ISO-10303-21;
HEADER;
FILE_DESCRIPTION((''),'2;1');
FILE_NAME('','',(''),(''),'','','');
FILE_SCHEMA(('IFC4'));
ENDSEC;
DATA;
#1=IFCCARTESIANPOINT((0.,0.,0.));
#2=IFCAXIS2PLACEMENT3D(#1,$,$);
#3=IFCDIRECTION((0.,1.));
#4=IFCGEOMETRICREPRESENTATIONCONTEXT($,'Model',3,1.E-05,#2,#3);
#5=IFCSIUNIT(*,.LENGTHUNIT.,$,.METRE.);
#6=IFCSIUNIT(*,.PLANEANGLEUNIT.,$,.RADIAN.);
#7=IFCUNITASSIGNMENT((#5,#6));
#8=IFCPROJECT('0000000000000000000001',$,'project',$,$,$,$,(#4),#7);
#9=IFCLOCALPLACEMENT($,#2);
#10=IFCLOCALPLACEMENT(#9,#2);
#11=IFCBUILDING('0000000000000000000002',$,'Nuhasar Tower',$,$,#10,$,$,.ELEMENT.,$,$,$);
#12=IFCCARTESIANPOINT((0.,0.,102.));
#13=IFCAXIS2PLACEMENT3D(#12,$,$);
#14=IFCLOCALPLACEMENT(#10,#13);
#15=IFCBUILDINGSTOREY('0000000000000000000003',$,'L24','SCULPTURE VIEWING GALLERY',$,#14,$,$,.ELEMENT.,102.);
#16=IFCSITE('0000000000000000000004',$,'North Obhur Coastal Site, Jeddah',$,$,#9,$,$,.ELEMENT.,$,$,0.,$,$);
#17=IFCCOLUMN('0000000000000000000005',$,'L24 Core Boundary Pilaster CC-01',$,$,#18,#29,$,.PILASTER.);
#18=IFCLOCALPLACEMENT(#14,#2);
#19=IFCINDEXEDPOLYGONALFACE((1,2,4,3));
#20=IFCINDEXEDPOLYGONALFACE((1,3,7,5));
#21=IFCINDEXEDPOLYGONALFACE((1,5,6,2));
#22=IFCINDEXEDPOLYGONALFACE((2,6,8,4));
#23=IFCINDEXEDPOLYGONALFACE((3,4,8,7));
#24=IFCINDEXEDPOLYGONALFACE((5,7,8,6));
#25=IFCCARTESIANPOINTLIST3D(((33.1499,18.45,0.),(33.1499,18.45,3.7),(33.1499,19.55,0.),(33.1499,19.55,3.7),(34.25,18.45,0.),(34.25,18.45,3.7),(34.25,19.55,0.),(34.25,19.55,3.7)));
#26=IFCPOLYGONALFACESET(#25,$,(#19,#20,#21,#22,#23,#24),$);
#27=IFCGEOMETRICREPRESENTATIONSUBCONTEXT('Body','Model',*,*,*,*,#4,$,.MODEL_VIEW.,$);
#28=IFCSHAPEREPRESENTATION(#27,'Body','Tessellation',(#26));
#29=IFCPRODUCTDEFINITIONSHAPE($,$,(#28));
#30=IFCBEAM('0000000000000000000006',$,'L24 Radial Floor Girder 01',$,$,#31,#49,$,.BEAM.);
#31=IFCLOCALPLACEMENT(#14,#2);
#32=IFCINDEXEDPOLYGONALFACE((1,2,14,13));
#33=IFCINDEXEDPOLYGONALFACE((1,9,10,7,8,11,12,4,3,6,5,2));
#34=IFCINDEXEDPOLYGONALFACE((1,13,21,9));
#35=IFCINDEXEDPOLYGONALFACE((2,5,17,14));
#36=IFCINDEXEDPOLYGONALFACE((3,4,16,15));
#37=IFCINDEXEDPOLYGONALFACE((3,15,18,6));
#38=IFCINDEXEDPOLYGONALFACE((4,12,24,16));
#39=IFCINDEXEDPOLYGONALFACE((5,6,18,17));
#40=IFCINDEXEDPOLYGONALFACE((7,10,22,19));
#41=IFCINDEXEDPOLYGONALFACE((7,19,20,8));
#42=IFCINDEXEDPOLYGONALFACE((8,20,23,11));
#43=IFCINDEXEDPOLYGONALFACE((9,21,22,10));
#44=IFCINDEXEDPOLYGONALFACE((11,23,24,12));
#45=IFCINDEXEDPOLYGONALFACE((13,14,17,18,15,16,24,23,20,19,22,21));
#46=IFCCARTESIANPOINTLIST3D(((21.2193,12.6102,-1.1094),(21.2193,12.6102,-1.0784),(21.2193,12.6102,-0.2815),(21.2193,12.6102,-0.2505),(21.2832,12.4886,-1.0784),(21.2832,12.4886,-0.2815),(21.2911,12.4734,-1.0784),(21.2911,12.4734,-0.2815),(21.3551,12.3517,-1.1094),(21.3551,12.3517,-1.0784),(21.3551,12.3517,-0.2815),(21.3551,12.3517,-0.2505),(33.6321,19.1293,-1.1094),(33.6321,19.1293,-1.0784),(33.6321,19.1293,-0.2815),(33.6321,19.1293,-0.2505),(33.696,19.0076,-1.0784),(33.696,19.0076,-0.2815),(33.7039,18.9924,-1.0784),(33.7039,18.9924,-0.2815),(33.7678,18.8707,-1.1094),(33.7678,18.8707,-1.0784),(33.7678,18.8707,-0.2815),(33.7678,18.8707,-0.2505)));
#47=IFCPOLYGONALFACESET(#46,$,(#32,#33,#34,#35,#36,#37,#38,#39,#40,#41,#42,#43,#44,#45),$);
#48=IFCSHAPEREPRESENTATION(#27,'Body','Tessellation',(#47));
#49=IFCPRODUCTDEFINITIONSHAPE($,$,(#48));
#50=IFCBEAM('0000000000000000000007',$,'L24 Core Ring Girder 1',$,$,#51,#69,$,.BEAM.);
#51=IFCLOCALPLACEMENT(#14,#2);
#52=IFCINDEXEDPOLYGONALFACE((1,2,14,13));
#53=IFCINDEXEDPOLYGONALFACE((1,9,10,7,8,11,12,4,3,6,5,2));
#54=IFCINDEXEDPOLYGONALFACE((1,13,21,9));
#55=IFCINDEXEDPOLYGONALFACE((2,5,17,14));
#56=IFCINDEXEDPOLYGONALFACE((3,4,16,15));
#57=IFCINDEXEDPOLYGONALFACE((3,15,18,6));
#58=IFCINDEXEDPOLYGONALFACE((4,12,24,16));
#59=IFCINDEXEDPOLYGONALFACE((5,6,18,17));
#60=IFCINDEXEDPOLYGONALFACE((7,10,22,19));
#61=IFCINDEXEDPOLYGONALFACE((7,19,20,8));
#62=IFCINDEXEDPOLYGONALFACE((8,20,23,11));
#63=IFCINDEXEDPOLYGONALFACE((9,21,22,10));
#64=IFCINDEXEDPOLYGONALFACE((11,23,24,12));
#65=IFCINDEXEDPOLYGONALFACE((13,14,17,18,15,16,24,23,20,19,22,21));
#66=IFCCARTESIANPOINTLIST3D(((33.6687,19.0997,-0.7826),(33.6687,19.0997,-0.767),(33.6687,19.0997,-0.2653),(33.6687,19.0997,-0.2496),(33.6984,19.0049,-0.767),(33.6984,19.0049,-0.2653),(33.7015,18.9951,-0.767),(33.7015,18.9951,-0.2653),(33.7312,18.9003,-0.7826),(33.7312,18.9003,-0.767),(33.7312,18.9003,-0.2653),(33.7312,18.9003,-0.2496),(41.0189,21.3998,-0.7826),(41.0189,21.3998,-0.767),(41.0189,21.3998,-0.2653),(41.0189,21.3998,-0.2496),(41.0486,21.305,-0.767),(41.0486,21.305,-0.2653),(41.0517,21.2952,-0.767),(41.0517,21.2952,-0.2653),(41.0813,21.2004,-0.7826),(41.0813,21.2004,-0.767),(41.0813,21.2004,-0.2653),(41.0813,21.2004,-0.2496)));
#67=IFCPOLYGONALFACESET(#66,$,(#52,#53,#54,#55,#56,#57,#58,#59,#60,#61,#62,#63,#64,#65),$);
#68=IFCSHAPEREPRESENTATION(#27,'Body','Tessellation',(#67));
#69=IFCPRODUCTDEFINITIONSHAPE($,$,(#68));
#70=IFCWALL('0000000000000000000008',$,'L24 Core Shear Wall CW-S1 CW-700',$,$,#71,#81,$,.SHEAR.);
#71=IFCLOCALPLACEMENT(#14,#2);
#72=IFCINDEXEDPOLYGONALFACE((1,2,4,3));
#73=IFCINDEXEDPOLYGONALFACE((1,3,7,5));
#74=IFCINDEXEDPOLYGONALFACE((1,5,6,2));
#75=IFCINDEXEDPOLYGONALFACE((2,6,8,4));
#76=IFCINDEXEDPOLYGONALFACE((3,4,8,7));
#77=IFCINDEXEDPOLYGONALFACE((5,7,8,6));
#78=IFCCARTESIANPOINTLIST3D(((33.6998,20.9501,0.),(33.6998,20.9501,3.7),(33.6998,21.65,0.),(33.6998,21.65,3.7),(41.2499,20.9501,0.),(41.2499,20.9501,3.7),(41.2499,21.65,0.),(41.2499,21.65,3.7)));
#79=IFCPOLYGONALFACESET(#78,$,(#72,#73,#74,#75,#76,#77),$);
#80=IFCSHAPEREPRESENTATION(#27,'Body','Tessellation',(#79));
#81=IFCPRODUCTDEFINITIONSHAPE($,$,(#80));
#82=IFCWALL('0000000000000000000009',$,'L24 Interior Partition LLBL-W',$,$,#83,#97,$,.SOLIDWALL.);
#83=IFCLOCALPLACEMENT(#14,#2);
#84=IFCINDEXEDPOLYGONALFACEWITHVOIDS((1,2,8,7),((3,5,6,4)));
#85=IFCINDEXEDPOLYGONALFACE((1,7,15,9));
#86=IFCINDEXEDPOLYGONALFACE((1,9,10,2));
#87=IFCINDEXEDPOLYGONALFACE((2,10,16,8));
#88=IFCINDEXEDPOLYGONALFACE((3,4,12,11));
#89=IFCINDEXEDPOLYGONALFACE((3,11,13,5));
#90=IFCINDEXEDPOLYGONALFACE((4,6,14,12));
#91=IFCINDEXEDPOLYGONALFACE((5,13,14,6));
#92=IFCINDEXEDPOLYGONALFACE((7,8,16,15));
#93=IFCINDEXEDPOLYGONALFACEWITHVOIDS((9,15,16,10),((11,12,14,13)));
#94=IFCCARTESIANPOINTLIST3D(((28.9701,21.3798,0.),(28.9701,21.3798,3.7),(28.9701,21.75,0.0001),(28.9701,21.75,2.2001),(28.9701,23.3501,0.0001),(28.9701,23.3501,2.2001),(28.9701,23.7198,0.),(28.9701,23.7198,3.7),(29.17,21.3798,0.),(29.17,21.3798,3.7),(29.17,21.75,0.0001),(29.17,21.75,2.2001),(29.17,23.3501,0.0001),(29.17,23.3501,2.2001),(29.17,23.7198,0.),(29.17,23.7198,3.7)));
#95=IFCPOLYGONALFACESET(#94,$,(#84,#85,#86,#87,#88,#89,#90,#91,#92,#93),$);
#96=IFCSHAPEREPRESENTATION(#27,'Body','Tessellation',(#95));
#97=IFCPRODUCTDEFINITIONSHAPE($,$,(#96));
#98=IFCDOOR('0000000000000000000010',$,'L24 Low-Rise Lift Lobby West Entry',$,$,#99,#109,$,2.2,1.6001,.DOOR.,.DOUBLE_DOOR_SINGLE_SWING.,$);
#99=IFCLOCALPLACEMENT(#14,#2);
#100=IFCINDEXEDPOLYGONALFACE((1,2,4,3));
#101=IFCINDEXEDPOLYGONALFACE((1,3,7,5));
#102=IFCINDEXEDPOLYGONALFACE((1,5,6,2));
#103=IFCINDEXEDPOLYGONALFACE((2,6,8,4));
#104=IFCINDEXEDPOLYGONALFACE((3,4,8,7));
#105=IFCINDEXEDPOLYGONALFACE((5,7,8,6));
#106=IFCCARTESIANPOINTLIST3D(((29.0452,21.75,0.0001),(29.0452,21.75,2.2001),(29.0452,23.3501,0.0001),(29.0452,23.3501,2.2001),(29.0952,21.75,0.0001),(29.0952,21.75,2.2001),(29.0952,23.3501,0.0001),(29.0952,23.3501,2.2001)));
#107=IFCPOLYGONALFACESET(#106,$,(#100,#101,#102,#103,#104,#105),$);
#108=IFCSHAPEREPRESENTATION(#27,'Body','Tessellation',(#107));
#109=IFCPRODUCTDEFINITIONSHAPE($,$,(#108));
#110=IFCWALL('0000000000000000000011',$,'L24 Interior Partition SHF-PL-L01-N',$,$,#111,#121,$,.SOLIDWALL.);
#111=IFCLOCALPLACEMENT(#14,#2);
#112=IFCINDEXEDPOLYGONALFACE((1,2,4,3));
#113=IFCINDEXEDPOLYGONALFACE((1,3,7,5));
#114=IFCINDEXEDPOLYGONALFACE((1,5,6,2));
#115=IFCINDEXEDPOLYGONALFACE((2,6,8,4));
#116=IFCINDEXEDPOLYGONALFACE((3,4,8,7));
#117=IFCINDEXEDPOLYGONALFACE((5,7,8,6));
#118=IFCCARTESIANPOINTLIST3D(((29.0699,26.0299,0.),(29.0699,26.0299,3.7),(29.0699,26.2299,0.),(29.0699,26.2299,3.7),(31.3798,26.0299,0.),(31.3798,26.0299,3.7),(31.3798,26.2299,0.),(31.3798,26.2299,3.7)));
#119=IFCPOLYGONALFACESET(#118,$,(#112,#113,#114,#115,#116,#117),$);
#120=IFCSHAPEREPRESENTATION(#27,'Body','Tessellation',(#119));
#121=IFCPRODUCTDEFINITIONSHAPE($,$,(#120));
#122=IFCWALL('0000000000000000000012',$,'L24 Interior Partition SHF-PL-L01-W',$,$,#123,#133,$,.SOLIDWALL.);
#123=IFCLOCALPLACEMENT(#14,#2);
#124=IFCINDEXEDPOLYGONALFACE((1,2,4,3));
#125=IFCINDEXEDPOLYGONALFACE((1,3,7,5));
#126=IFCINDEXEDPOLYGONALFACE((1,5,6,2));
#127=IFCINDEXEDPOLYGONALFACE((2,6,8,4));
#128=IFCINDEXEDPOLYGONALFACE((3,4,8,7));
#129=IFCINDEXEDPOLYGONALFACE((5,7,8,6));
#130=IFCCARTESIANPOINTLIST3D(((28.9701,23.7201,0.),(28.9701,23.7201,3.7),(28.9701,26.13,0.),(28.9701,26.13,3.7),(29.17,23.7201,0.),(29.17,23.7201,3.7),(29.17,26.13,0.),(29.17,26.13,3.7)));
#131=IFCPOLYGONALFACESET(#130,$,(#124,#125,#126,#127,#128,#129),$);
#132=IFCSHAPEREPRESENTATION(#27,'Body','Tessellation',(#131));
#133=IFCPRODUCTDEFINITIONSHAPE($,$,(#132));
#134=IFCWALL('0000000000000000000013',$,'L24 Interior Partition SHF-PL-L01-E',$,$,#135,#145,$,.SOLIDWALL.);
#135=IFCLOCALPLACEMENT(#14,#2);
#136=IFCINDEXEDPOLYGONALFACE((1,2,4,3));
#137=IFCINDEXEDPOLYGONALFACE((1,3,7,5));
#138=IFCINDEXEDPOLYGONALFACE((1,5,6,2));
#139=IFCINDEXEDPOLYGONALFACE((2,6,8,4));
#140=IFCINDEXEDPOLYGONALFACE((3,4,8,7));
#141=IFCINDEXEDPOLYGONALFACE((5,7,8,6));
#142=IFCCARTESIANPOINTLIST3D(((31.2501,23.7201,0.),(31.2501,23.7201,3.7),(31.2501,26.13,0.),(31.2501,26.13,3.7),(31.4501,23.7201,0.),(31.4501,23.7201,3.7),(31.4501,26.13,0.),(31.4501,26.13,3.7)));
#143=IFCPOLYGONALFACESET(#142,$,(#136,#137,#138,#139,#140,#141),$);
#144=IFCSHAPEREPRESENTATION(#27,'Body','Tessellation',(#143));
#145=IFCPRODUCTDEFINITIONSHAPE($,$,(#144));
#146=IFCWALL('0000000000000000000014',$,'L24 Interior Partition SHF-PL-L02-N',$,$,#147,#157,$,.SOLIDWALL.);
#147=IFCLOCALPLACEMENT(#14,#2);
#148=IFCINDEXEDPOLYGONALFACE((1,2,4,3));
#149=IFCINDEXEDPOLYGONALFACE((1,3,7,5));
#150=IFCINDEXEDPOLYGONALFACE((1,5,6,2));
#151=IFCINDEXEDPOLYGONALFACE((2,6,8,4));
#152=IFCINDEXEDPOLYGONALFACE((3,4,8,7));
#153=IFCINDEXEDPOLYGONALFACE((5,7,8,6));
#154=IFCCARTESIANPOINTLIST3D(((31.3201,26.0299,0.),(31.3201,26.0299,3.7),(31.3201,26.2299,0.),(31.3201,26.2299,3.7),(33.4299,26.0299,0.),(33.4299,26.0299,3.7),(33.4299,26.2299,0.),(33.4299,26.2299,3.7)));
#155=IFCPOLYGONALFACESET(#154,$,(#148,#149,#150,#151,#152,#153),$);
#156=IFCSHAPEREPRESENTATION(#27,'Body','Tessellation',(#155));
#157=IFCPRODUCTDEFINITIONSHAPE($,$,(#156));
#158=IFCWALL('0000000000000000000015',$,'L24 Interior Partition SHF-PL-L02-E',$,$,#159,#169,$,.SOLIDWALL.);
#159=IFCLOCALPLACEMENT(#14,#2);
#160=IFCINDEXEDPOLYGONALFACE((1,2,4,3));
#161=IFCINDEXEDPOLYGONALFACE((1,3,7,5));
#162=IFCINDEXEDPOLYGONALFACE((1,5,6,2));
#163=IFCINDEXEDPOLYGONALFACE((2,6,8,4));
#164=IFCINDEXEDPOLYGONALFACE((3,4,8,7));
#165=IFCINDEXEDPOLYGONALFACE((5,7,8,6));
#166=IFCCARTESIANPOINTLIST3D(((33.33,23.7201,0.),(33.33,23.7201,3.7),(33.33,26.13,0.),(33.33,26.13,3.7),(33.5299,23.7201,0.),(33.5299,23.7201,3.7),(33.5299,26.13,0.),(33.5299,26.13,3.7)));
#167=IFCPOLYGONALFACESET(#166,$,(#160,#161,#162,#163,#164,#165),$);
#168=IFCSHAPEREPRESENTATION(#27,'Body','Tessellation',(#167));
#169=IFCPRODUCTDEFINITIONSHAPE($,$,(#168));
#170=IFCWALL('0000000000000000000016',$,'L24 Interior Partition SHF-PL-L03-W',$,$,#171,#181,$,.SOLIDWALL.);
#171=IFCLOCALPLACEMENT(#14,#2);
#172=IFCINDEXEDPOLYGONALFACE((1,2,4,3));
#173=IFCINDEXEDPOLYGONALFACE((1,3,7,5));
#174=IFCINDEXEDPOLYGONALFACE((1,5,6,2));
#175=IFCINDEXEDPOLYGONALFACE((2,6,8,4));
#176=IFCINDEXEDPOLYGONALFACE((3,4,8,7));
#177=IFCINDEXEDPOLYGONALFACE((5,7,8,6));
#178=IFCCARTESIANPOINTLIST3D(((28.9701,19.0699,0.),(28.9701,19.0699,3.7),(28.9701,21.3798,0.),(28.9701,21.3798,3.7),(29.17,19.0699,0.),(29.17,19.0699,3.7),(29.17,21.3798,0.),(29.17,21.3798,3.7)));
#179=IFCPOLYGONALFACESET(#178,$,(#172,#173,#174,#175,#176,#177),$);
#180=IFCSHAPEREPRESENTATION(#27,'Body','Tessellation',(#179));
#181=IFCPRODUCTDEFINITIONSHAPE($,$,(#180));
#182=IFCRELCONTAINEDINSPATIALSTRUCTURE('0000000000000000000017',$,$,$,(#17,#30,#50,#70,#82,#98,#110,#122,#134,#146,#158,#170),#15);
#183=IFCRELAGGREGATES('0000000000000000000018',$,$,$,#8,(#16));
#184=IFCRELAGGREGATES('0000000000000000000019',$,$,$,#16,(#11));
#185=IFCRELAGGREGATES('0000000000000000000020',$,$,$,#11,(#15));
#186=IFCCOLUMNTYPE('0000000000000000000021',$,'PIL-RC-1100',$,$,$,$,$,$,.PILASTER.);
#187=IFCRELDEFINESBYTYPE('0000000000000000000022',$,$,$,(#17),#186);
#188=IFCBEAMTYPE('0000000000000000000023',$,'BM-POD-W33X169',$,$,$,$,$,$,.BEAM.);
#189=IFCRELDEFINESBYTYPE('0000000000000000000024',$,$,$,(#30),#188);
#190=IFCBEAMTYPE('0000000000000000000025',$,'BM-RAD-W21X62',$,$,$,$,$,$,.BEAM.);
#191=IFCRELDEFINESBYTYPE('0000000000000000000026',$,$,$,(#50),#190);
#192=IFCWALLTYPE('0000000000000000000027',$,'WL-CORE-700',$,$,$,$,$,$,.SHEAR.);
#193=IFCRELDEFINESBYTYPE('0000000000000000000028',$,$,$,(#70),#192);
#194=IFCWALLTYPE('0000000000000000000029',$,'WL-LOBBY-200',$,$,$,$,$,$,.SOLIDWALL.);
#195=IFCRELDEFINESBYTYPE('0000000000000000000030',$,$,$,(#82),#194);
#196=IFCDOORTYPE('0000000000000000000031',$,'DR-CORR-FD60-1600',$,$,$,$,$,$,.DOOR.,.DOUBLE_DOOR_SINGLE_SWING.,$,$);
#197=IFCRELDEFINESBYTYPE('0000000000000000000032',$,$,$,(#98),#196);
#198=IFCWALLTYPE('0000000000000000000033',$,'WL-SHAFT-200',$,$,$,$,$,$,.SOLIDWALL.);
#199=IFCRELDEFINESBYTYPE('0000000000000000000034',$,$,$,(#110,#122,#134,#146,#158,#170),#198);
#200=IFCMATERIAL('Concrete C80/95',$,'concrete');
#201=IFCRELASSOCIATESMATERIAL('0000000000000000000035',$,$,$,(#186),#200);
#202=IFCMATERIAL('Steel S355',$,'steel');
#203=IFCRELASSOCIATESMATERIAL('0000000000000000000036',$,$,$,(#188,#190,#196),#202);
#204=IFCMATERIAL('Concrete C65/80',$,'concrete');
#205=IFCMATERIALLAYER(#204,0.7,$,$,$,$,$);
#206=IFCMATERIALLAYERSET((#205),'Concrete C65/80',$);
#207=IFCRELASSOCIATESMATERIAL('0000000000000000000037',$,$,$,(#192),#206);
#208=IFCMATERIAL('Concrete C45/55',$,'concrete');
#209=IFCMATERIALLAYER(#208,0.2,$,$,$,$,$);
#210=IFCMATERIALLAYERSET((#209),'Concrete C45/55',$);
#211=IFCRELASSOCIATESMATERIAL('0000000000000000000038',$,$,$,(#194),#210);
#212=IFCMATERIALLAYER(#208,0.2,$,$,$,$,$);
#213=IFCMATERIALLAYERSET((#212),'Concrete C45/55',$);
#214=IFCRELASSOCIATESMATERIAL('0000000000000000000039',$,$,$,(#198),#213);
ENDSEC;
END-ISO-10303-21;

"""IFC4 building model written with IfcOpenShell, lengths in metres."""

from ifc_helpers import new_model, si_unit, direction, frame, frame_2d, origin, origin_2d, place, context, subcontext, project, spatial, rectangle, i_section, extrude, material, layer, layer_set, material_profile, profile_set, type_object, element, fill, save


model = new_model("IFC4")

# Units and contexts
model_context = context("Model", 3, precision=1e-05, world=origin(), true_north=direction((0.0, 1.0)))
body_context = subcontext(model_context, "Body", "Model", "MODEL_VIEW")
ifc_project = project(units=[si_unit("LENGTHUNIT", "METRE"), si_unit("PLANEANGLEUNIT", "RADIAN")], contexts=[model_context])

# Site, building, storey
site_placement = place(None, origin())
site = spatial("IfcSite", under=ifc_project, at=site_placement, Name="North Obhur Coastal Site, Jeddah", CompositionType="ELEMENT", RefElevation=0.0)
building_placement = place(site_placement, origin())
building = spatial("IfcBuilding", under=site, at=building_placement, Name="Nuhasar Tower", CompositionType="ELEMENT")
storey_placement = place(building_placement, frame((0.0, 0.0, 102.0)))
storey = spatial("IfcBuildingStorey", under=building, at=storey_placement, Name="L24", Description="SCULPTURE VIEWING GALLERY", CompositionType="ELEMENT", Elevation=102.0)

# Column
ifc_material_1 = material(Name="Concrete C80/95", Category="concrete")
ifc_material_profile_1 = material_profile(ifc_material_1, rectangle(XDim=1.1001, YDim=1.1001, at=origin_2d()), Name="RC1100X1100")
ifc_profile_set_1 = profile_set([ifc_material_profile_1], Name="Concrete C80/95")
column_type = type_object("IfcColumnType", Name="PIL-RC-1100", PredefinedType="PILASTER", material=ifc_profile_set_1)
column_placement = place(storey_placement, frame((33.7, 19.0, 0.0), z_axis=(0.0, 0.0, 1.0), x_axis=(1.0, 0.0, 0.0)))
element("IfcColumn", 1, at=column_placement, inside=storey, type_object=column_type, Name="L24 Core Boundary Pilaster CC-01", PredefinedType="PILASTER", context=body_context, shape_type="SweptSolid", body=[
    extrude(rectangle(XDim=1.1001, YDim=1.1001, at=origin_2d()), origin(), (0.0, 0.0, 1.0), 3.7),
])

# Beams
ifc_material_2 = material(Name="Steel S355", Category="steel")
ifc_material_profile_2 = material_profile(ifc_material_2, i_section(OverallWidth=0.292, OverallDepth=0.8589, WebThickness=0.0171, FlangeThickness=0.031, at=origin_2d()), Name="W33X169")
ifc_profile_set_2 = profile_set([ifc_material_profile_2], Name="Steel S355")
beam_type_1 = type_object("IfcBeamType", Name="BM-POD-W33X169", PredefinedType="BEAM", material=ifc_profile_set_2)
beam_1_placement = place(storey_placement, frame((33.7, 19.0, -0.6799), z_axis=(-0.88533, -0.464963, 0.0), x_axis=(0.464963, -0.88533, 0.0)))
element("IfcBeam", 2, at=beam_1_placement, inside=storey, type_object=beam_type_1, Name="L24 Radial Floor Girder 01", PredefinedType="BEAM", context=body_context, shape_type="SweptSolid", body=[
    extrude(i_section(OverallWidth=0.292, OverallDepth=0.8589, WebThickness=0.0171, FlangeThickness=0.031, at=origin_2d()), origin(), (0.0, 0.0, 1.0), 14.0205),
])
ifc_material_profile_3 = material_profile(ifc_material_2, i_section(OverallWidth=0.209, OverallDepth=0.533, WebThickness=0.0103, FlangeThickness=0.0156, at=origin_2d()), Name="W21X62")
ifc_profile_set_3 = profile_set([ifc_material_profile_3], Name="Steel S355")
beam_type_2 = type_object("IfcBeamType", Name="BM-RAD-W21X62", PredefinedType="BEAM", material=ifc_profile_set_3)
beam_2_placement = place(storey_placement, frame((33.7, 19.0, -0.5161), z_axis=(0.954364, 0.298647, 0.0), x_axis=(-0.298647, 0.954364, 0.0)))
element("IfcBeam", 3, at=beam_2_placement, inside=storey, type_object=beam_type_2, Name="L24 Core Ring Girder 1", PredefinedType="BEAM", context=body_context, shape_type="SweptSolid", body=[
    extrude(i_section(OverallWidth=0.209, OverallDepth=0.533, WebThickness=0.0103, FlangeThickness=0.0156, at=origin_2d()), origin(), (0.0, 0.0, 1.0), 7.7017),
])

# Wall
ifc_material_3 = material(Name="Concrete C65/80", Category="concrete")
ifc_layer_1 = layer(ifc_material_3, 0.7)
ifc_layer_set_1 = layer_set([ifc_layer_1], Name="Concrete C65/80")
wall_type_1 = type_object("IfcWallType", Name="WL-CORE-700", PredefinedType="SHEAR", material=ifc_layer_set_1)
wall_1_placement = place(storey_placement, frame((33.7, 21.3, 0.0), z_axis=(0.0, 0.0, 1.0), x_axis=(1.0, 0.0, 0.0)))
element("IfcWall", 4, at=wall_1_placement, inside=storey, type_object=wall_type_1, Name="L24 Core Shear Wall CW-S1 CW-700", PredefinedType="SHEAR", context=body_context, shape_type="SweptSolid", body=[
    extrude(rectangle(XDim=7.55, YDim=0.7, at=frame_2d((3.7749, 0.0))), origin(), (0.0, 0.0, 1.0), 3.7),
])

# Wall, opening, door
ifc_material_4 = material(Name="Concrete C45/55", Category="concrete")
ifc_layer_2 = layer(ifc_material_4, 0.2)
ifc_layer_set_2 = layer_set([ifc_layer_2], Name="Concrete C45/55")
wall_type_2 = type_object("IfcWallType", Name="WL-LOBBY-200", PredefinedType="SOLIDWALL", material=ifc_layer_set_2)
wall_2_placement = place(storey_placement, frame((29.0701, 21.3799, 0.0), z_axis=(0.0, 0.0, 1.0), x_axis=(0.0, 1.0, 0.0)))
wall_2 = element("IfcWall", 5, at=wall_2_placement, inside=storey, type_object=wall_type_2, Name="L24 Interior Partition LLBL-W", PredefinedType="SOLIDWALL", context=body_context, shape_type="SweptSolid", body=[
    extrude(rectangle(XDim=2.3401, YDim=0.2, at=frame_2d((1.1699, 0.0))), origin(), (0.0, 0.0, 1.0), 3.7),
])
opening_1_placement = place(wall_2_placement, frame((0.3701, 0.0, 0.0)))
opening_1 = element("IfcOpeningElement", 6, at=opening_1_placement, cuts=wall_2, PredefinedType="OPENING", context=body_context, shape_type="SweptSolid", body=[
    extrude(rectangle(XDim=1.6001, YDim=2.2, at=frame_2d((0.8, 1.1001))), frame((0.0, 0.1099, 0.0), z_axis=(0.0, -1.0, 0.0), x_axis=(1.0, 0.0, 0.0)), (0.0, 0.0, 1.0), 0.22),
])
door_type_1 = type_object("IfcDoorType", Name="DR-CORR-FD60-1600", OperationType="DOUBLE_DOOR_SINGLE_SWING", PredefinedType="DOOR", material=ifc_material_2)
door_1_placement = place(opening_1_placement, origin())
door_1 = element("IfcDoor", 7, at=door_1_placement, inside=storey, type_object=door_type_1, Name="L24 Low-Rise Lift Lobby West Entry", OperationType="DOUBLE_DOOR_SINGLE_SWING", OverallHeight=2.2, OverallWidth=1.6001, PredefinedType="DOOR", context=body_context, shape_type="SweptSolid", body=[
    extrude(rectangle(XDim=1.6001, YDim=2.2, at=frame_2d((0.8, 1.1001))), frame((0.0, 0.0249, 0.0), z_axis=(0.0, -1.0, 0.0), x_axis=(1.0, 0.0, 0.0)), (0.0, 0.0, 1.0), 0.05),
])
fill(opening_1, door_1)
ifc_layer_3 = layer(ifc_material_4, 0.2)
ifc_layer_set_3 = layer_set([ifc_layer_3], Name="Concrete C45/55")
wall_type_3 = type_object("IfcWallType", Name="WL-SHAFT-200", PredefinedType="SOLIDWALL", material=ifc_layer_set_3)

# Walls
wall_3_placement = place(storey_placement, frame((29.0701, 26.1299, 0.0), z_axis=(0.0, 0.0, 1.0), x_axis=(1.0, 0.0, 0.0)))
element("IfcWall", 8, at=wall_3_placement, inside=storey, type_object=wall_type_3, Name="L24 Interior Partition SHF-PL-L01-N", PredefinedType="SOLIDWALL", context=body_context, shape_type="SweptSolid", body=[
    extrude(rectangle(XDim=2.3098, YDim=0.2, at=frame_2d((1.1548, 0.0))), origin(), (0.0, 0.0, 1.0), 3.7),
])
for number, where, z_axis, x_axis, name in (
    (9, (29.0701, 23.72, 0.0), (0.0, 0.0, 1.0), (0.0, 1.0, 0.0), "L24 Interior Partition SHF-PL-L01-W"),
    (10, (31.3501, 23.72, 0.0), (0.0, 0.0, 1.0), (0.0, 1.0, 0.0), "L24 Interior Partition SHF-PL-L01-E"),
):
    element("IfcWall", number, at=place(storey_placement, frame(where, z_axis=z_axis, x_axis=x_axis)), inside=storey, type_object=wall_type_3, Name=name, PredefinedType="SOLIDWALL", context=body_context, shape_type="SweptSolid", body=[
        extrude(rectangle(XDim=2.4099, YDim=0.2, at=frame_2d((1.2051, 0.0))), origin(), (0.0, 0.0, 1.0), 3.7),
    ])

# Walls
wall_4_placement = place(storey_placement, frame((31.3201, 26.1299, 0.0), z_axis=(0.0, 0.0, 1.0), x_axis=(1.0, 0.0, 0.0)))
element("IfcWall", 11, at=wall_4_placement, inside=storey, type_object=wall_type_3, Name="L24 Interior Partition SHF-PL-L02-N", PredefinedType="SOLIDWALL", context=body_context, shape_type="SweptSolid", body=[
    extrude(rectangle(XDim=2.1099, YDim=0.2, at=frame_2d((1.0549, 0.0))), origin(), (0.0, 0.0, 1.0), 3.7),
])
wall_5_placement = place(storey_placement, frame((33.4299, 23.72, 0.0), z_axis=(0.0, 0.0, 1.0), x_axis=(0.0, 1.0, 0.0)))
element("IfcWall", 12, at=wall_5_placement, inside=storey, type_object=wall_type_3, Name="L24 Interior Partition SHF-PL-L02-E", PredefinedType="SOLIDWALL", context=body_context, shape_type="SweptSolid", body=[
    extrude(rectangle(XDim=2.4099, YDim=0.2, at=frame_2d((1.2051, 0.0))), origin(), (0.0, 0.0, 1.0), 3.7),
])

# Wall
for number, where, z_axis, x_axis, name in (
    (13, (29.0701, 19.0701, 0.0), (0.0, 0.0, 1.0), (0.0, 1.0, 0.0), "L24 Interior Partition SHF-PL-L03-W"),
):
    element("IfcWall", number, at=place(storey_placement, frame(where, z_axis=z_axis, x_axis=x_axis)), inside=storey, type_object=wall_type_3, Name=name, PredefinedType="SOLIDWALL", context=body_context, shape_type="SweptSolid", body=[
        extrude(rectangle(XDim=2.3098, YDim=0.2, at=frame_2d((1.1548, 0.0))), origin(), (0.0, 0.0, 1.0), 3.7),
    ])

save(model, "model.ifc")
